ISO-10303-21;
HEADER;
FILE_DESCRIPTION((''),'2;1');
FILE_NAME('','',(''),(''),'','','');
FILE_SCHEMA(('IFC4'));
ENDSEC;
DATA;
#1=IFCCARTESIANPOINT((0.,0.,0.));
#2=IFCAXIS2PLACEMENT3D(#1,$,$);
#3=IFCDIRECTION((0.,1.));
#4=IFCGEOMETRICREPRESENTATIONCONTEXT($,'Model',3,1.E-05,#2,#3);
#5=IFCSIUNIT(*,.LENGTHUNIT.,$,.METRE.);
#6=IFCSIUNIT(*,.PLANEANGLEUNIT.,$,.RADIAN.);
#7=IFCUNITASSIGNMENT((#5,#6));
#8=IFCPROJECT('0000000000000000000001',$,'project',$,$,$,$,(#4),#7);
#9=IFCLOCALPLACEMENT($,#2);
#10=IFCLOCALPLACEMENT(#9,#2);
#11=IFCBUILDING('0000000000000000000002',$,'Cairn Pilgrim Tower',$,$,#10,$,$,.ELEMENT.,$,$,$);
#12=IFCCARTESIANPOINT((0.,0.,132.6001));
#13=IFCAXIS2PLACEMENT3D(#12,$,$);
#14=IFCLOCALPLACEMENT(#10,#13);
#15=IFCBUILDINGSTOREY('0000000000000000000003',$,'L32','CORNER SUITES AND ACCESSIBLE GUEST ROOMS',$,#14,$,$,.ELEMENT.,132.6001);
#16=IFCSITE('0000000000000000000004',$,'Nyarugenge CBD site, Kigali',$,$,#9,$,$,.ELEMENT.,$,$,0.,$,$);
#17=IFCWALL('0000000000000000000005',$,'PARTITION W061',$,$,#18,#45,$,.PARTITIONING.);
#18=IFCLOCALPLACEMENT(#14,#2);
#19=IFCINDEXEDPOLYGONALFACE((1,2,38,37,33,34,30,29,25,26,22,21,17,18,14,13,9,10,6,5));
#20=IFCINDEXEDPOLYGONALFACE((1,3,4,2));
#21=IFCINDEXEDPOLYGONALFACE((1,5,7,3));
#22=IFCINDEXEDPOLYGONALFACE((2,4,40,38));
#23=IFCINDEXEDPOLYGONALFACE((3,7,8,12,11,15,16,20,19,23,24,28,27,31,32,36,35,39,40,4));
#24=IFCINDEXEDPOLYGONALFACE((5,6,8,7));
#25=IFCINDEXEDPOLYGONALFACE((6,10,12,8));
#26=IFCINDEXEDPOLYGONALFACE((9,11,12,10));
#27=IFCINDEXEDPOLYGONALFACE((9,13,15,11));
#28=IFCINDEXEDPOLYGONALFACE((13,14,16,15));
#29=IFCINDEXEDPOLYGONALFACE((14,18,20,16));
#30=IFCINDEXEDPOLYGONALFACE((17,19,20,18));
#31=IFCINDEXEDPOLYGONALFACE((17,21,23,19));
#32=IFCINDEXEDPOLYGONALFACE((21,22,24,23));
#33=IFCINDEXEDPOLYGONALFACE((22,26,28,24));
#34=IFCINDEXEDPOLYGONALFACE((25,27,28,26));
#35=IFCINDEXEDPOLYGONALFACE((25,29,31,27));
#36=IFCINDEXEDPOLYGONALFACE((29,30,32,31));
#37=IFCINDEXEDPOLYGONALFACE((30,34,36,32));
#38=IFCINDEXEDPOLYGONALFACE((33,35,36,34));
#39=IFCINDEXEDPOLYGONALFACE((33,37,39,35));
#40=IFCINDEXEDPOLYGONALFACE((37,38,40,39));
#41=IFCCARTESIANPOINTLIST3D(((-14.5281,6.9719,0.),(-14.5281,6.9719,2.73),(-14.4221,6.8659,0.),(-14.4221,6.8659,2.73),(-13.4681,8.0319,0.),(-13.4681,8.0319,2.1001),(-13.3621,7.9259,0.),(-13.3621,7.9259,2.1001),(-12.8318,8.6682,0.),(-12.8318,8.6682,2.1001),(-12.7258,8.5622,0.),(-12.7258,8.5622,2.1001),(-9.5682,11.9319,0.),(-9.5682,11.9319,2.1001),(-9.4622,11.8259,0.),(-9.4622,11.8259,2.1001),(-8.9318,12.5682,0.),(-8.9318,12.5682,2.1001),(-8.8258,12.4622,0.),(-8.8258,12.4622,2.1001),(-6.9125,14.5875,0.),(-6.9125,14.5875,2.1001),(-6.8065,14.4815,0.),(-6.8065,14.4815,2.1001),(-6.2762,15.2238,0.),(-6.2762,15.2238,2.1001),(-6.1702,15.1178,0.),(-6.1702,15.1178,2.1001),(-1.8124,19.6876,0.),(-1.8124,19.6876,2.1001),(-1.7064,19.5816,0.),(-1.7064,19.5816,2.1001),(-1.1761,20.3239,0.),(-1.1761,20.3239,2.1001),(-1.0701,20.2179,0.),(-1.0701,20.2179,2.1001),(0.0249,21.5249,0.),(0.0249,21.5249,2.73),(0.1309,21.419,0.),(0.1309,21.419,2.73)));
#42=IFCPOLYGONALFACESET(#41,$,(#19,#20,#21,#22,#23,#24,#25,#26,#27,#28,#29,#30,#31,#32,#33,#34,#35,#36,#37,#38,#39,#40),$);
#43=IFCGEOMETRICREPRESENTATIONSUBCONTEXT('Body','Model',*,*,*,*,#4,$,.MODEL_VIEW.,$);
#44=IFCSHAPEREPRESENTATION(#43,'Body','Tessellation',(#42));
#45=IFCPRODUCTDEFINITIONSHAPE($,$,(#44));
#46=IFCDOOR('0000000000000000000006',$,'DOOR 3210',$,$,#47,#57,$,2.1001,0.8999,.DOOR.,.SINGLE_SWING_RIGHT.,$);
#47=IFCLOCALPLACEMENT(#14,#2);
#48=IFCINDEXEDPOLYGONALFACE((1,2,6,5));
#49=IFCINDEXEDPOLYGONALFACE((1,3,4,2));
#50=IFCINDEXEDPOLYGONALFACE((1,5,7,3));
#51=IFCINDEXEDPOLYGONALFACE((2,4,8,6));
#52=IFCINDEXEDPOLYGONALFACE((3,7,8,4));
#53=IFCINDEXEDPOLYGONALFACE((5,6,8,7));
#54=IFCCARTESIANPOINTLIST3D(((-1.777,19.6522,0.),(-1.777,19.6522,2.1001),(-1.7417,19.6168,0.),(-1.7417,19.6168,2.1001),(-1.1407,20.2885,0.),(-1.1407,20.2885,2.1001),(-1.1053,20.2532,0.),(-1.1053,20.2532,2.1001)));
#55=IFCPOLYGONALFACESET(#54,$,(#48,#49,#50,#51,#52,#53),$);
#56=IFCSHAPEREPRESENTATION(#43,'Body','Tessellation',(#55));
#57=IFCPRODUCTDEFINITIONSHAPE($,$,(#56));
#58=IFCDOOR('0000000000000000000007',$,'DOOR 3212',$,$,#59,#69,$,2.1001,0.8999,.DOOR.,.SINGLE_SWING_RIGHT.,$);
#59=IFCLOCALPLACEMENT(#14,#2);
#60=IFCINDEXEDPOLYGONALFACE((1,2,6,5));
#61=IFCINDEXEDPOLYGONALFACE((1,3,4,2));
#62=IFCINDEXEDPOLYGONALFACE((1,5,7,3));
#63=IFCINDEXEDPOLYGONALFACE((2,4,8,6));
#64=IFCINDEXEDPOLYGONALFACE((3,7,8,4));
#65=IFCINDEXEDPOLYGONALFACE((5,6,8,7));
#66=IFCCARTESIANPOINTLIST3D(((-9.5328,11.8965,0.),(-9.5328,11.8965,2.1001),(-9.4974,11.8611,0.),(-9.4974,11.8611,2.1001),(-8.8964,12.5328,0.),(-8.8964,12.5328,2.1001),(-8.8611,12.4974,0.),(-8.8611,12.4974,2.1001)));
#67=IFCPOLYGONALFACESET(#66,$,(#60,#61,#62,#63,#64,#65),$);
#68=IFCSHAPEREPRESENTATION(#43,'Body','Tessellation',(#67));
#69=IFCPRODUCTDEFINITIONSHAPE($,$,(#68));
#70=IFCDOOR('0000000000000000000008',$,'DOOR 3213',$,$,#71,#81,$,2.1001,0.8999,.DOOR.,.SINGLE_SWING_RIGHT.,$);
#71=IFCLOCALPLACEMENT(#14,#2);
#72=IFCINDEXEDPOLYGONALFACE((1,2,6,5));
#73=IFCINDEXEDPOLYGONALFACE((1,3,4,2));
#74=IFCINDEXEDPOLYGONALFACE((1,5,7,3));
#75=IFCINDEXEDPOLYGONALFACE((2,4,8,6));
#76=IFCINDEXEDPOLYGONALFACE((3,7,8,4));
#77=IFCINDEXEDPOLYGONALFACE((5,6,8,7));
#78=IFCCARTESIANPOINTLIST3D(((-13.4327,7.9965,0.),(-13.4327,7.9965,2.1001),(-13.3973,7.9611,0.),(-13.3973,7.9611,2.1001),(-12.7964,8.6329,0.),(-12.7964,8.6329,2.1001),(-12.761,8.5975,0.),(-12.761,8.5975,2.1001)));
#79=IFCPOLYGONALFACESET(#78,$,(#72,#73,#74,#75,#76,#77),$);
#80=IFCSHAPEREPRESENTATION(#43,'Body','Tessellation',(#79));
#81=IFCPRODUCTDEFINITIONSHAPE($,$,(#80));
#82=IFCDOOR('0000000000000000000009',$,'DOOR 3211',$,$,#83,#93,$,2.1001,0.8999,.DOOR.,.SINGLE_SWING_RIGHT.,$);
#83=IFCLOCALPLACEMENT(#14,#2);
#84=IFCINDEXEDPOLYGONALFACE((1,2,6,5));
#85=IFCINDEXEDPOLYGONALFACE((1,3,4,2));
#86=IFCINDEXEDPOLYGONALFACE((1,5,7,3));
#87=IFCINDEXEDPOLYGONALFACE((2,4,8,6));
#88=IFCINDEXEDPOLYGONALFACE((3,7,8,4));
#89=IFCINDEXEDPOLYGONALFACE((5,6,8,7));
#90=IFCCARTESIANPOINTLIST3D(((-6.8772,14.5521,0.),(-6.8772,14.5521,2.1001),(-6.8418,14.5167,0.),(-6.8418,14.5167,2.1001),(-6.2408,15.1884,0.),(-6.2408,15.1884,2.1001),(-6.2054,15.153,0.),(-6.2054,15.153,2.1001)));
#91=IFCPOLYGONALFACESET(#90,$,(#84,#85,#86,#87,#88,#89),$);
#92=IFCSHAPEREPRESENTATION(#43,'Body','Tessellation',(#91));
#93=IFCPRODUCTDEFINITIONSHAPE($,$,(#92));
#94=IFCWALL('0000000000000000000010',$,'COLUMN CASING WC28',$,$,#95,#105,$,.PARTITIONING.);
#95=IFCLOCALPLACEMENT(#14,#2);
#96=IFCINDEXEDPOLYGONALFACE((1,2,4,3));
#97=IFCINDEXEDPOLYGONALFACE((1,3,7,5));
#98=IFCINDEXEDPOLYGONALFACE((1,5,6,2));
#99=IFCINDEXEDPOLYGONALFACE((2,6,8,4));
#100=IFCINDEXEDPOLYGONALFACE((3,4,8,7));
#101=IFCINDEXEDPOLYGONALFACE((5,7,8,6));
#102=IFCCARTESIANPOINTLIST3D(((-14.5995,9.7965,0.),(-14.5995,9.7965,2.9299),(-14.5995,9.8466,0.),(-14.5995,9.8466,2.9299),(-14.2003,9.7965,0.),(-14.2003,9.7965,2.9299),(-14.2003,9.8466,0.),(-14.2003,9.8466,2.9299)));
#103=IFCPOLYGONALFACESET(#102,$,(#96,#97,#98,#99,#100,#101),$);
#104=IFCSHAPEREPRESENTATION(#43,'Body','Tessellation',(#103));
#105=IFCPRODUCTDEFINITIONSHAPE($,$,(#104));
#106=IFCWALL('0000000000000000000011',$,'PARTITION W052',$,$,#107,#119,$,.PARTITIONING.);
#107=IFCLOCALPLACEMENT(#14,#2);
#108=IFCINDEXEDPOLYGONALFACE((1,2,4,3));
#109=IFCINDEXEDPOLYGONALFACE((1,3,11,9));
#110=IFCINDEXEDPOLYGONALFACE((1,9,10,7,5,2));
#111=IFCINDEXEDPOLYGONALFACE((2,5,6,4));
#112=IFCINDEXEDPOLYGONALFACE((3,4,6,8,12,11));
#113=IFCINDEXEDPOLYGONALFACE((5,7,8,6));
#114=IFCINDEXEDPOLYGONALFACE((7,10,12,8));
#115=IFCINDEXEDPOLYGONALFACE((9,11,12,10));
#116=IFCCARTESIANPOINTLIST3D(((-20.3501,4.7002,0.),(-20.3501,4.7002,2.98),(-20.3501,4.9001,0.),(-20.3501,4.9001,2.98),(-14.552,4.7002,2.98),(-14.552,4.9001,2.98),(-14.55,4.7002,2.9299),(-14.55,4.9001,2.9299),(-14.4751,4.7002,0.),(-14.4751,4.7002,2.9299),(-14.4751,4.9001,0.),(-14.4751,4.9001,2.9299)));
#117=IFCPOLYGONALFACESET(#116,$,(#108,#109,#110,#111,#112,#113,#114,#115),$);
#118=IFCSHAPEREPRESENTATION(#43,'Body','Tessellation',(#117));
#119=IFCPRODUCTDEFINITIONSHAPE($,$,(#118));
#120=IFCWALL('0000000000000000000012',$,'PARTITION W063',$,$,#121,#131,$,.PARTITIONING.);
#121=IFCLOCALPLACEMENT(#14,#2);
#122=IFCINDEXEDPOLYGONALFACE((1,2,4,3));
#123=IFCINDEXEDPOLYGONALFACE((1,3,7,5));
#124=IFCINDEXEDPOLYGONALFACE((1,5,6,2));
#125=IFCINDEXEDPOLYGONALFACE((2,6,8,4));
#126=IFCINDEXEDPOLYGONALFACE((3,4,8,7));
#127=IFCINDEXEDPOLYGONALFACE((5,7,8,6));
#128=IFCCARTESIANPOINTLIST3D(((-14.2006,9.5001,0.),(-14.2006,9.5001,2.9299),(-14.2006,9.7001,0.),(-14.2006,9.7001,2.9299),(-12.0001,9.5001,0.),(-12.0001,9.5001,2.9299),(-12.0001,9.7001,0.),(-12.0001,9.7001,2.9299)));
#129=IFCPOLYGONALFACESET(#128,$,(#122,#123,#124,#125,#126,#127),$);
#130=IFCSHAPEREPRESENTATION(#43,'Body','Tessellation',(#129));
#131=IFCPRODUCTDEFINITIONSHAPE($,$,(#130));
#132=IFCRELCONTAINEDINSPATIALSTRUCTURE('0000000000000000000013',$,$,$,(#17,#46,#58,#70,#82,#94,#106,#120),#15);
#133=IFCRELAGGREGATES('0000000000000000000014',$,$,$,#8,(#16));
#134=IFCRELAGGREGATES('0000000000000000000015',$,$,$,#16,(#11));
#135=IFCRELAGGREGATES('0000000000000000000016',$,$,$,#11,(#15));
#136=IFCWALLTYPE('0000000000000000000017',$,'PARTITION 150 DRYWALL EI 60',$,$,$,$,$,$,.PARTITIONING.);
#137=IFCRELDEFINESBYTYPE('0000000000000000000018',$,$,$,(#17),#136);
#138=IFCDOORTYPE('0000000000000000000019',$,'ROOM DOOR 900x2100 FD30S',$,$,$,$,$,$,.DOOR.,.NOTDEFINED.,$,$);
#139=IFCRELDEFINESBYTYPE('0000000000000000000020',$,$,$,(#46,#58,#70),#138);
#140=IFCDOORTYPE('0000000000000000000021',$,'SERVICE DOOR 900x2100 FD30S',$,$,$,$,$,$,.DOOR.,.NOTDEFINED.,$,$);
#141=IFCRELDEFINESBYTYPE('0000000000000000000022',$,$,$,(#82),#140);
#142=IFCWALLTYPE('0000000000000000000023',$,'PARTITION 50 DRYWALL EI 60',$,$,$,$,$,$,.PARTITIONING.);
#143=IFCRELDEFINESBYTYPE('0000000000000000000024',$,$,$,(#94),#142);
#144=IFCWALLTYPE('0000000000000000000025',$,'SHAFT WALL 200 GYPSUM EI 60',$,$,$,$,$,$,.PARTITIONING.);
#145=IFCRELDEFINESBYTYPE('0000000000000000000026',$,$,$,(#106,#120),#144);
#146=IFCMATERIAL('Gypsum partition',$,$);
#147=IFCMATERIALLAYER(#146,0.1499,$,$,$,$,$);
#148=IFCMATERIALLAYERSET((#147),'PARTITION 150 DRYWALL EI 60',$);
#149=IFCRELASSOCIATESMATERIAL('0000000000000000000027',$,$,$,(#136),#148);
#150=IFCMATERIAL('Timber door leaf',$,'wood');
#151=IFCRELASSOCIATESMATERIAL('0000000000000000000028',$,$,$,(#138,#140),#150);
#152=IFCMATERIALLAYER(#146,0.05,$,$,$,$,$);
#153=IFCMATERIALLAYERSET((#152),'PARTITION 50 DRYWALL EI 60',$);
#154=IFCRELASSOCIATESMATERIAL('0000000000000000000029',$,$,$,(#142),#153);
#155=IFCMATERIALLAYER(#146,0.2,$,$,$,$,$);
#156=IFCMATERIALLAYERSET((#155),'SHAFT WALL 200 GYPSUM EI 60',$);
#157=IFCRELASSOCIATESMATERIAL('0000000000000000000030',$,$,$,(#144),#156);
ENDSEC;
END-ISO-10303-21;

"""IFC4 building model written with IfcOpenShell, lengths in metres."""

from ifc_helpers import new_model, si_unit, direction, frame, frame_2d, origin, place, context, subcontext, project, spatial, polyline, rectangle, outline, extrude, material, layer, layer_set, type_object, element, fill, save


model = new_model("IFC4")

# Units and contexts
model_context = context("Model", 3, precision=1e-05, world=origin(), true_north=direction((0.0, 1.0)))
body_context = subcontext(model_context, "Body", "Model", "MODEL_VIEW")
ifc_project = project(units=[si_unit("LENGTHUNIT", "METRE"), si_unit("PLANEANGLEUNIT", "RADIAN")], contexts=[model_context])

# Site, building, storey
site_placement = place(None, origin())
site = spatial("IfcSite", under=ifc_project, at=site_placement, Name="Nyarugenge CBD site, Kigali", CompositionType="ELEMENT", RefElevation=0.0)
building_placement = place(site_placement, origin())
building = spatial("IfcBuilding", under=site, at=building_placement, Name="Cairn Pilgrim Tower", CompositionType="ELEMENT")
storey_placement = place(building_placement, frame((0.0, 0.0, 132.6001)))
storey = spatial("IfcBuildingStorey", under=building, at=storey_placement, Name="L32", Description="CORNER SUITES AND ACCESSIBLE GUEST ROOMS", CompositionType="ELEMENT", Elevation=132.6001)

# Shared definitions
ifc_material_1 = material(Name="Gypsum partition")

# Shared definitions
ifc_material_2 = material(Name="Timber door leaf", Category="wood")

# Shared definitions
ifc_layer_1 = layer(ifc_material_1, 0.1499)
ifc_layer_set_1 = layer_set([ifc_layer_1], Name="PARTITION 150 DRYWALL EI 60")
wall_type_1 = type_object("IfcWallType", Name="PARTITION 150 DRYWALL EI 60", PredefinedType="PARTITIONING", material=ifc_layer_set_1)

# Wall, openings, doors
wall_1_placement = place(storey_placement, frame((-14.4751, 6.9189, 0.0), z_axis=(0.0, 0.0, 1.0), x_axis=(0.707107, 0.707107, 0.0)))
wall_1 = element("IfcWall", 1, at=wall_1_placement, inside=storey, type_object=wall_type_1, Name="PARTITION W061", PredefinedType="PARTITIONING", context=body_context, shape_type="SweptSolid", body=[
    extrude(rectangle(XDim=20.5811, YDim=0.1499, at=frame_2d((10.2905, 0.0))), origin(), (0.0, 0.0, 1.0), 2.73),
])
opening_1_placement = place(wall_1_placement, frame((17.9827, 0.0, 0.0)))
opening_1 = element("IfcOpeningElement", 2, at=opening_1_placement, cuts=wall_1, PredefinedType="OPENING", context=body_context, shape_type="SweptSolid", body=[
    extrude(rectangle(XDim=0.8999, YDim=2.1001, at=frame_2d((0.45, 1.05))), frame((0.0, 0.085, 0.0), z_axis=(0.0, -1.0, 0.0), x_axis=(1.0, 0.0, 0.0)), (0.0, 0.0, 1.0), 0.1699),
])
opening_2_placement = place(wall_1_placement, frame((10.77, 0.0, 0.0)))
opening_2 = element("IfcOpeningElement", 3, at=opening_2_placement, cuts=wall_1, PredefinedType="OPENING", context=body_context, shape_type="SweptSolid", body=[
    extrude(rectangle(XDim=0.8999, YDim=2.1001, at=frame_2d((0.45, 1.05))), frame((0.0, 0.085, 0.0), z_axis=(0.0, -1.0, 0.0), x_axis=(1.0, 0.0, 0.0)), (0.0, 0.0, 1.0), 0.1699),
])
opening_3_placement = place(wall_1_placement, frame((7.0144, 0.0, 0.0)))
opening_3 = element("IfcOpeningElement", 4, at=opening_3_placement, cuts=wall_1, PredefinedType="OPENING", context=body_context, shape_type="SweptSolid", body=[
    extrude(rectangle(XDim=0.8999, YDim=2.1001, at=frame_2d((0.45, 1.05))), frame((0.0, 0.085, 0.0), z_axis=(0.0, -1.0, 0.0), x_axis=(1.0, 0.0, 0.0)), (0.0, 0.0, 1.0), 0.1699),
])
opening_4_placement = place(wall_1_placement, frame((1.499, 0.0, 0.0)))
opening_4 = element("IfcOpeningElement", 5, at=opening_4_placement, cuts=wall_1, PredefinedType="OPENING", context=body_context, shape_type="SweptSolid", body=[
    extrude(rectangle(XDim=0.8999, YDim=2.1001, at=frame_2d((0.45, 1.05))), frame((0.0, 0.085, 0.0), z_axis=(0.0, -1.0, 0.0), x_axis=(1.0, 0.0, 0.0)), (0.0, 0.0, 1.0), 0.1699),
])
door_type_1 = type_object("IfcDoorType", Name="ROOM DOOR 900x2100 FD30S", OperationType="NOTDEFINED", PredefinedType="DOOR", material=ifc_material_2)
door_1_placement = place(opening_1_placement, origin())
door_1 = element("IfcDoor", 6, at=door_1_placement, inside=storey, type_object=door_type_1, Name="DOOR 3210", OperationType="SINGLE_SWING_RIGHT", OverallHeight=2.1001, OverallWidth=0.8999, PredefinedType="DOOR", context=body_context, shape_type="SweptSolid", body=[
    extrude(rectangle(XDim=0.8999, YDim=2.1001, at=frame_2d((0.45, 1.05))), frame((0.0, 0.0249, 0.0), z_axis=(0.0, -1.0, 0.0), x_axis=(1.0, 0.0, 0.0)), (0.0, 0.0, 1.0), 0.05),
])
fill(opening_1, door_1)
door_2_placement = place(opening_3_placement, origin())
door_2 = element("IfcDoor", 7, at=door_2_placement, inside=storey, type_object=door_type_1, Name="DOOR 3212", OperationType="SINGLE_SWING_RIGHT", OverallHeight=2.1001, OverallWidth=0.8999, PredefinedType="DOOR", context=body_context, shape_type="SweptSolid", body=[
    extrude(rectangle(XDim=0.8999, YDim=2.1001, at=frame_2d((0.45, 1.05))), frame((0.0, 0.0249, 0.0), z_axis=(0.0, -1.0, 0.0), x_axis=(1.0, 0.0, 0.0)), (0.0, 0.0, 1.0), 0.05),
])
fill(opening_3, door_2)
door_3_placement = place(opening_4_placement, origin())
door_3 = element("IfcDoor", 8, at=door_3_placement, inside=storey, type_object=door_type_1, Name="DOOR 3213", OperationType="SINGLE_SWING_RIGHT", OverallHeight=2.1001, OverallWidth=0.8999, PredefinedType="DOOR", context=body_context, shape_type="SweptSolid", body=[
    extrude(rectangle(XDim=0.8999, YDim=2.1001, at=frame_2d((0.45, 1.05))), frame((0.0, 0.0249, 0.0), z_axis=(0.0, -1.0, 0.0), x_axis=(1.0, 0.0, 0.0)), (0.0, 0.0, 1.0), 0.05),
])
fill(opening_4, door_3)
door_type_2 = type_object("IfcDoorType", Name="SERVICE DOOR 900x2100 FD30S", OperationType="NOTDEFINED", PredefinedType="DOOR", material=ifc_material_2)
door_4_placement = place(opening_2_placement, origin())
door_4 = element("IfcDoor", 9, at=door_4_placement, inside=storey, type_object=door_type_2, Name="DOOR 3211", OperationType="SINGLE_SWING_RIGHT", OverallHeight=2.1001, OverallWidth=0.8999, PredefinedType="DOOR", context=body_context, shape_type="SweptSolid", body=[
    extrude(rectangle(XDim=0.8999, YDim=2.1001, at=frame_2d((0.45, 1.05))), frame((0.0, 0.0249, 0.0), z_axis=(0.0, -1.0, 0.0), x_axis=(1.0, 0.0, 0.0)), (0.0, 0.0, 1.0), 0.05),
])
fill(opening_2, door_4)

# Walls
ifc_layer_2 = layer(ifc_material_1, 0.05)
ifc_layer_set_2 = layer_set([ifc_layer_2], Name="PARTITION 50 DRYWALL EI 60")
wall_type_2 = type_object("IfcWallType", Name="PARTITION 50 DRYWALL EI 60", PredefinedType="PARTITIONING", material=ifc_layer_set_2)
wall_2_placement = place(storey_placement, frame((-14.5996, 9.8215, 0.0), z_axis=(0.0, 0.0, 1.0), x_axis=(1.0, 0.0, 0.0)))
element("IfcWall", 10, at=wall_2_placement, inside=storey, type_object=wall_type_2, Name="COLUMN CASING WC28", PredefinedType="PARTITIONING", context=body_context, shape_type="SweptSolid", body=[
    extrude(rectangle(XDim=0.3992, YDim=0.05, at=frame_2d((0.1997, 0.0))), origin(), (0.0, 0.0, 1.0), 2.9299),
])
ifc_layer_3 = layer(ifc_material_1, 0.2)
ifc_layer_set_3 = layer_set([ifc_layer_3], Name="SHAFT WALL 200 GYPSUM EI 60")
wall_type_3 = type_object("IfcWallType", Name="SHAFT WALL 200 GYPSUM EI 60", PredefinedType="PARTITIONING", material=ifc_layer_set_3)
wall_3_placement = place(storey_placement, frame((-20.3501, 4.8, 0.0), z_axis=(0.0, 0.0, 1.0), x_axis=(1.0, 0.0, 0.0)))
element("IfcWall", 11, at=wall_3_placement, inside=storey, type_object=wall_type_3, Name="PARTITION W052", PredefinedType="PARTITIONING", context=body_context, shape_type="SweptSolid", body=[
    extrude(outline(polyline([(0.0, 0.0), (5.875, 0.0), (5.875, 2.9299), (5.8, 2.9299), (5.7981, 2.98), (0.0, 2.98), (0.0, 0.0)])), frame((0.0, 0.1001, 0.0), z_axis=(0.0, -1.0, 0.0), x_axis=(1.0, 0.0, 0.0)), (0.0, 0.0, 1.0), 0.2),
])
wall_4_placement = place(storey_placement, frame((-14.2004, 9.6001, 0.0), z_axis=(0.0, 0.0, 1.0), x_axis=(1.0, 0.0, 0.0)))
element("IfcWall", 12, at=wall_4_placement, inside=storey, type_object=wall_type_3, Name="PARTITION W063", PredefinedType="PARTITIONING", context=body_context, shape_type="SweptSolid", body=[
    extrude(rectangle(XDim=2.2004, YDim=0.2, at=frame_2d((1.1001, 0.0))), origin(), (0.0, 0.0, 1.0), 2.9299),
])

save(model, "model.ifc")
